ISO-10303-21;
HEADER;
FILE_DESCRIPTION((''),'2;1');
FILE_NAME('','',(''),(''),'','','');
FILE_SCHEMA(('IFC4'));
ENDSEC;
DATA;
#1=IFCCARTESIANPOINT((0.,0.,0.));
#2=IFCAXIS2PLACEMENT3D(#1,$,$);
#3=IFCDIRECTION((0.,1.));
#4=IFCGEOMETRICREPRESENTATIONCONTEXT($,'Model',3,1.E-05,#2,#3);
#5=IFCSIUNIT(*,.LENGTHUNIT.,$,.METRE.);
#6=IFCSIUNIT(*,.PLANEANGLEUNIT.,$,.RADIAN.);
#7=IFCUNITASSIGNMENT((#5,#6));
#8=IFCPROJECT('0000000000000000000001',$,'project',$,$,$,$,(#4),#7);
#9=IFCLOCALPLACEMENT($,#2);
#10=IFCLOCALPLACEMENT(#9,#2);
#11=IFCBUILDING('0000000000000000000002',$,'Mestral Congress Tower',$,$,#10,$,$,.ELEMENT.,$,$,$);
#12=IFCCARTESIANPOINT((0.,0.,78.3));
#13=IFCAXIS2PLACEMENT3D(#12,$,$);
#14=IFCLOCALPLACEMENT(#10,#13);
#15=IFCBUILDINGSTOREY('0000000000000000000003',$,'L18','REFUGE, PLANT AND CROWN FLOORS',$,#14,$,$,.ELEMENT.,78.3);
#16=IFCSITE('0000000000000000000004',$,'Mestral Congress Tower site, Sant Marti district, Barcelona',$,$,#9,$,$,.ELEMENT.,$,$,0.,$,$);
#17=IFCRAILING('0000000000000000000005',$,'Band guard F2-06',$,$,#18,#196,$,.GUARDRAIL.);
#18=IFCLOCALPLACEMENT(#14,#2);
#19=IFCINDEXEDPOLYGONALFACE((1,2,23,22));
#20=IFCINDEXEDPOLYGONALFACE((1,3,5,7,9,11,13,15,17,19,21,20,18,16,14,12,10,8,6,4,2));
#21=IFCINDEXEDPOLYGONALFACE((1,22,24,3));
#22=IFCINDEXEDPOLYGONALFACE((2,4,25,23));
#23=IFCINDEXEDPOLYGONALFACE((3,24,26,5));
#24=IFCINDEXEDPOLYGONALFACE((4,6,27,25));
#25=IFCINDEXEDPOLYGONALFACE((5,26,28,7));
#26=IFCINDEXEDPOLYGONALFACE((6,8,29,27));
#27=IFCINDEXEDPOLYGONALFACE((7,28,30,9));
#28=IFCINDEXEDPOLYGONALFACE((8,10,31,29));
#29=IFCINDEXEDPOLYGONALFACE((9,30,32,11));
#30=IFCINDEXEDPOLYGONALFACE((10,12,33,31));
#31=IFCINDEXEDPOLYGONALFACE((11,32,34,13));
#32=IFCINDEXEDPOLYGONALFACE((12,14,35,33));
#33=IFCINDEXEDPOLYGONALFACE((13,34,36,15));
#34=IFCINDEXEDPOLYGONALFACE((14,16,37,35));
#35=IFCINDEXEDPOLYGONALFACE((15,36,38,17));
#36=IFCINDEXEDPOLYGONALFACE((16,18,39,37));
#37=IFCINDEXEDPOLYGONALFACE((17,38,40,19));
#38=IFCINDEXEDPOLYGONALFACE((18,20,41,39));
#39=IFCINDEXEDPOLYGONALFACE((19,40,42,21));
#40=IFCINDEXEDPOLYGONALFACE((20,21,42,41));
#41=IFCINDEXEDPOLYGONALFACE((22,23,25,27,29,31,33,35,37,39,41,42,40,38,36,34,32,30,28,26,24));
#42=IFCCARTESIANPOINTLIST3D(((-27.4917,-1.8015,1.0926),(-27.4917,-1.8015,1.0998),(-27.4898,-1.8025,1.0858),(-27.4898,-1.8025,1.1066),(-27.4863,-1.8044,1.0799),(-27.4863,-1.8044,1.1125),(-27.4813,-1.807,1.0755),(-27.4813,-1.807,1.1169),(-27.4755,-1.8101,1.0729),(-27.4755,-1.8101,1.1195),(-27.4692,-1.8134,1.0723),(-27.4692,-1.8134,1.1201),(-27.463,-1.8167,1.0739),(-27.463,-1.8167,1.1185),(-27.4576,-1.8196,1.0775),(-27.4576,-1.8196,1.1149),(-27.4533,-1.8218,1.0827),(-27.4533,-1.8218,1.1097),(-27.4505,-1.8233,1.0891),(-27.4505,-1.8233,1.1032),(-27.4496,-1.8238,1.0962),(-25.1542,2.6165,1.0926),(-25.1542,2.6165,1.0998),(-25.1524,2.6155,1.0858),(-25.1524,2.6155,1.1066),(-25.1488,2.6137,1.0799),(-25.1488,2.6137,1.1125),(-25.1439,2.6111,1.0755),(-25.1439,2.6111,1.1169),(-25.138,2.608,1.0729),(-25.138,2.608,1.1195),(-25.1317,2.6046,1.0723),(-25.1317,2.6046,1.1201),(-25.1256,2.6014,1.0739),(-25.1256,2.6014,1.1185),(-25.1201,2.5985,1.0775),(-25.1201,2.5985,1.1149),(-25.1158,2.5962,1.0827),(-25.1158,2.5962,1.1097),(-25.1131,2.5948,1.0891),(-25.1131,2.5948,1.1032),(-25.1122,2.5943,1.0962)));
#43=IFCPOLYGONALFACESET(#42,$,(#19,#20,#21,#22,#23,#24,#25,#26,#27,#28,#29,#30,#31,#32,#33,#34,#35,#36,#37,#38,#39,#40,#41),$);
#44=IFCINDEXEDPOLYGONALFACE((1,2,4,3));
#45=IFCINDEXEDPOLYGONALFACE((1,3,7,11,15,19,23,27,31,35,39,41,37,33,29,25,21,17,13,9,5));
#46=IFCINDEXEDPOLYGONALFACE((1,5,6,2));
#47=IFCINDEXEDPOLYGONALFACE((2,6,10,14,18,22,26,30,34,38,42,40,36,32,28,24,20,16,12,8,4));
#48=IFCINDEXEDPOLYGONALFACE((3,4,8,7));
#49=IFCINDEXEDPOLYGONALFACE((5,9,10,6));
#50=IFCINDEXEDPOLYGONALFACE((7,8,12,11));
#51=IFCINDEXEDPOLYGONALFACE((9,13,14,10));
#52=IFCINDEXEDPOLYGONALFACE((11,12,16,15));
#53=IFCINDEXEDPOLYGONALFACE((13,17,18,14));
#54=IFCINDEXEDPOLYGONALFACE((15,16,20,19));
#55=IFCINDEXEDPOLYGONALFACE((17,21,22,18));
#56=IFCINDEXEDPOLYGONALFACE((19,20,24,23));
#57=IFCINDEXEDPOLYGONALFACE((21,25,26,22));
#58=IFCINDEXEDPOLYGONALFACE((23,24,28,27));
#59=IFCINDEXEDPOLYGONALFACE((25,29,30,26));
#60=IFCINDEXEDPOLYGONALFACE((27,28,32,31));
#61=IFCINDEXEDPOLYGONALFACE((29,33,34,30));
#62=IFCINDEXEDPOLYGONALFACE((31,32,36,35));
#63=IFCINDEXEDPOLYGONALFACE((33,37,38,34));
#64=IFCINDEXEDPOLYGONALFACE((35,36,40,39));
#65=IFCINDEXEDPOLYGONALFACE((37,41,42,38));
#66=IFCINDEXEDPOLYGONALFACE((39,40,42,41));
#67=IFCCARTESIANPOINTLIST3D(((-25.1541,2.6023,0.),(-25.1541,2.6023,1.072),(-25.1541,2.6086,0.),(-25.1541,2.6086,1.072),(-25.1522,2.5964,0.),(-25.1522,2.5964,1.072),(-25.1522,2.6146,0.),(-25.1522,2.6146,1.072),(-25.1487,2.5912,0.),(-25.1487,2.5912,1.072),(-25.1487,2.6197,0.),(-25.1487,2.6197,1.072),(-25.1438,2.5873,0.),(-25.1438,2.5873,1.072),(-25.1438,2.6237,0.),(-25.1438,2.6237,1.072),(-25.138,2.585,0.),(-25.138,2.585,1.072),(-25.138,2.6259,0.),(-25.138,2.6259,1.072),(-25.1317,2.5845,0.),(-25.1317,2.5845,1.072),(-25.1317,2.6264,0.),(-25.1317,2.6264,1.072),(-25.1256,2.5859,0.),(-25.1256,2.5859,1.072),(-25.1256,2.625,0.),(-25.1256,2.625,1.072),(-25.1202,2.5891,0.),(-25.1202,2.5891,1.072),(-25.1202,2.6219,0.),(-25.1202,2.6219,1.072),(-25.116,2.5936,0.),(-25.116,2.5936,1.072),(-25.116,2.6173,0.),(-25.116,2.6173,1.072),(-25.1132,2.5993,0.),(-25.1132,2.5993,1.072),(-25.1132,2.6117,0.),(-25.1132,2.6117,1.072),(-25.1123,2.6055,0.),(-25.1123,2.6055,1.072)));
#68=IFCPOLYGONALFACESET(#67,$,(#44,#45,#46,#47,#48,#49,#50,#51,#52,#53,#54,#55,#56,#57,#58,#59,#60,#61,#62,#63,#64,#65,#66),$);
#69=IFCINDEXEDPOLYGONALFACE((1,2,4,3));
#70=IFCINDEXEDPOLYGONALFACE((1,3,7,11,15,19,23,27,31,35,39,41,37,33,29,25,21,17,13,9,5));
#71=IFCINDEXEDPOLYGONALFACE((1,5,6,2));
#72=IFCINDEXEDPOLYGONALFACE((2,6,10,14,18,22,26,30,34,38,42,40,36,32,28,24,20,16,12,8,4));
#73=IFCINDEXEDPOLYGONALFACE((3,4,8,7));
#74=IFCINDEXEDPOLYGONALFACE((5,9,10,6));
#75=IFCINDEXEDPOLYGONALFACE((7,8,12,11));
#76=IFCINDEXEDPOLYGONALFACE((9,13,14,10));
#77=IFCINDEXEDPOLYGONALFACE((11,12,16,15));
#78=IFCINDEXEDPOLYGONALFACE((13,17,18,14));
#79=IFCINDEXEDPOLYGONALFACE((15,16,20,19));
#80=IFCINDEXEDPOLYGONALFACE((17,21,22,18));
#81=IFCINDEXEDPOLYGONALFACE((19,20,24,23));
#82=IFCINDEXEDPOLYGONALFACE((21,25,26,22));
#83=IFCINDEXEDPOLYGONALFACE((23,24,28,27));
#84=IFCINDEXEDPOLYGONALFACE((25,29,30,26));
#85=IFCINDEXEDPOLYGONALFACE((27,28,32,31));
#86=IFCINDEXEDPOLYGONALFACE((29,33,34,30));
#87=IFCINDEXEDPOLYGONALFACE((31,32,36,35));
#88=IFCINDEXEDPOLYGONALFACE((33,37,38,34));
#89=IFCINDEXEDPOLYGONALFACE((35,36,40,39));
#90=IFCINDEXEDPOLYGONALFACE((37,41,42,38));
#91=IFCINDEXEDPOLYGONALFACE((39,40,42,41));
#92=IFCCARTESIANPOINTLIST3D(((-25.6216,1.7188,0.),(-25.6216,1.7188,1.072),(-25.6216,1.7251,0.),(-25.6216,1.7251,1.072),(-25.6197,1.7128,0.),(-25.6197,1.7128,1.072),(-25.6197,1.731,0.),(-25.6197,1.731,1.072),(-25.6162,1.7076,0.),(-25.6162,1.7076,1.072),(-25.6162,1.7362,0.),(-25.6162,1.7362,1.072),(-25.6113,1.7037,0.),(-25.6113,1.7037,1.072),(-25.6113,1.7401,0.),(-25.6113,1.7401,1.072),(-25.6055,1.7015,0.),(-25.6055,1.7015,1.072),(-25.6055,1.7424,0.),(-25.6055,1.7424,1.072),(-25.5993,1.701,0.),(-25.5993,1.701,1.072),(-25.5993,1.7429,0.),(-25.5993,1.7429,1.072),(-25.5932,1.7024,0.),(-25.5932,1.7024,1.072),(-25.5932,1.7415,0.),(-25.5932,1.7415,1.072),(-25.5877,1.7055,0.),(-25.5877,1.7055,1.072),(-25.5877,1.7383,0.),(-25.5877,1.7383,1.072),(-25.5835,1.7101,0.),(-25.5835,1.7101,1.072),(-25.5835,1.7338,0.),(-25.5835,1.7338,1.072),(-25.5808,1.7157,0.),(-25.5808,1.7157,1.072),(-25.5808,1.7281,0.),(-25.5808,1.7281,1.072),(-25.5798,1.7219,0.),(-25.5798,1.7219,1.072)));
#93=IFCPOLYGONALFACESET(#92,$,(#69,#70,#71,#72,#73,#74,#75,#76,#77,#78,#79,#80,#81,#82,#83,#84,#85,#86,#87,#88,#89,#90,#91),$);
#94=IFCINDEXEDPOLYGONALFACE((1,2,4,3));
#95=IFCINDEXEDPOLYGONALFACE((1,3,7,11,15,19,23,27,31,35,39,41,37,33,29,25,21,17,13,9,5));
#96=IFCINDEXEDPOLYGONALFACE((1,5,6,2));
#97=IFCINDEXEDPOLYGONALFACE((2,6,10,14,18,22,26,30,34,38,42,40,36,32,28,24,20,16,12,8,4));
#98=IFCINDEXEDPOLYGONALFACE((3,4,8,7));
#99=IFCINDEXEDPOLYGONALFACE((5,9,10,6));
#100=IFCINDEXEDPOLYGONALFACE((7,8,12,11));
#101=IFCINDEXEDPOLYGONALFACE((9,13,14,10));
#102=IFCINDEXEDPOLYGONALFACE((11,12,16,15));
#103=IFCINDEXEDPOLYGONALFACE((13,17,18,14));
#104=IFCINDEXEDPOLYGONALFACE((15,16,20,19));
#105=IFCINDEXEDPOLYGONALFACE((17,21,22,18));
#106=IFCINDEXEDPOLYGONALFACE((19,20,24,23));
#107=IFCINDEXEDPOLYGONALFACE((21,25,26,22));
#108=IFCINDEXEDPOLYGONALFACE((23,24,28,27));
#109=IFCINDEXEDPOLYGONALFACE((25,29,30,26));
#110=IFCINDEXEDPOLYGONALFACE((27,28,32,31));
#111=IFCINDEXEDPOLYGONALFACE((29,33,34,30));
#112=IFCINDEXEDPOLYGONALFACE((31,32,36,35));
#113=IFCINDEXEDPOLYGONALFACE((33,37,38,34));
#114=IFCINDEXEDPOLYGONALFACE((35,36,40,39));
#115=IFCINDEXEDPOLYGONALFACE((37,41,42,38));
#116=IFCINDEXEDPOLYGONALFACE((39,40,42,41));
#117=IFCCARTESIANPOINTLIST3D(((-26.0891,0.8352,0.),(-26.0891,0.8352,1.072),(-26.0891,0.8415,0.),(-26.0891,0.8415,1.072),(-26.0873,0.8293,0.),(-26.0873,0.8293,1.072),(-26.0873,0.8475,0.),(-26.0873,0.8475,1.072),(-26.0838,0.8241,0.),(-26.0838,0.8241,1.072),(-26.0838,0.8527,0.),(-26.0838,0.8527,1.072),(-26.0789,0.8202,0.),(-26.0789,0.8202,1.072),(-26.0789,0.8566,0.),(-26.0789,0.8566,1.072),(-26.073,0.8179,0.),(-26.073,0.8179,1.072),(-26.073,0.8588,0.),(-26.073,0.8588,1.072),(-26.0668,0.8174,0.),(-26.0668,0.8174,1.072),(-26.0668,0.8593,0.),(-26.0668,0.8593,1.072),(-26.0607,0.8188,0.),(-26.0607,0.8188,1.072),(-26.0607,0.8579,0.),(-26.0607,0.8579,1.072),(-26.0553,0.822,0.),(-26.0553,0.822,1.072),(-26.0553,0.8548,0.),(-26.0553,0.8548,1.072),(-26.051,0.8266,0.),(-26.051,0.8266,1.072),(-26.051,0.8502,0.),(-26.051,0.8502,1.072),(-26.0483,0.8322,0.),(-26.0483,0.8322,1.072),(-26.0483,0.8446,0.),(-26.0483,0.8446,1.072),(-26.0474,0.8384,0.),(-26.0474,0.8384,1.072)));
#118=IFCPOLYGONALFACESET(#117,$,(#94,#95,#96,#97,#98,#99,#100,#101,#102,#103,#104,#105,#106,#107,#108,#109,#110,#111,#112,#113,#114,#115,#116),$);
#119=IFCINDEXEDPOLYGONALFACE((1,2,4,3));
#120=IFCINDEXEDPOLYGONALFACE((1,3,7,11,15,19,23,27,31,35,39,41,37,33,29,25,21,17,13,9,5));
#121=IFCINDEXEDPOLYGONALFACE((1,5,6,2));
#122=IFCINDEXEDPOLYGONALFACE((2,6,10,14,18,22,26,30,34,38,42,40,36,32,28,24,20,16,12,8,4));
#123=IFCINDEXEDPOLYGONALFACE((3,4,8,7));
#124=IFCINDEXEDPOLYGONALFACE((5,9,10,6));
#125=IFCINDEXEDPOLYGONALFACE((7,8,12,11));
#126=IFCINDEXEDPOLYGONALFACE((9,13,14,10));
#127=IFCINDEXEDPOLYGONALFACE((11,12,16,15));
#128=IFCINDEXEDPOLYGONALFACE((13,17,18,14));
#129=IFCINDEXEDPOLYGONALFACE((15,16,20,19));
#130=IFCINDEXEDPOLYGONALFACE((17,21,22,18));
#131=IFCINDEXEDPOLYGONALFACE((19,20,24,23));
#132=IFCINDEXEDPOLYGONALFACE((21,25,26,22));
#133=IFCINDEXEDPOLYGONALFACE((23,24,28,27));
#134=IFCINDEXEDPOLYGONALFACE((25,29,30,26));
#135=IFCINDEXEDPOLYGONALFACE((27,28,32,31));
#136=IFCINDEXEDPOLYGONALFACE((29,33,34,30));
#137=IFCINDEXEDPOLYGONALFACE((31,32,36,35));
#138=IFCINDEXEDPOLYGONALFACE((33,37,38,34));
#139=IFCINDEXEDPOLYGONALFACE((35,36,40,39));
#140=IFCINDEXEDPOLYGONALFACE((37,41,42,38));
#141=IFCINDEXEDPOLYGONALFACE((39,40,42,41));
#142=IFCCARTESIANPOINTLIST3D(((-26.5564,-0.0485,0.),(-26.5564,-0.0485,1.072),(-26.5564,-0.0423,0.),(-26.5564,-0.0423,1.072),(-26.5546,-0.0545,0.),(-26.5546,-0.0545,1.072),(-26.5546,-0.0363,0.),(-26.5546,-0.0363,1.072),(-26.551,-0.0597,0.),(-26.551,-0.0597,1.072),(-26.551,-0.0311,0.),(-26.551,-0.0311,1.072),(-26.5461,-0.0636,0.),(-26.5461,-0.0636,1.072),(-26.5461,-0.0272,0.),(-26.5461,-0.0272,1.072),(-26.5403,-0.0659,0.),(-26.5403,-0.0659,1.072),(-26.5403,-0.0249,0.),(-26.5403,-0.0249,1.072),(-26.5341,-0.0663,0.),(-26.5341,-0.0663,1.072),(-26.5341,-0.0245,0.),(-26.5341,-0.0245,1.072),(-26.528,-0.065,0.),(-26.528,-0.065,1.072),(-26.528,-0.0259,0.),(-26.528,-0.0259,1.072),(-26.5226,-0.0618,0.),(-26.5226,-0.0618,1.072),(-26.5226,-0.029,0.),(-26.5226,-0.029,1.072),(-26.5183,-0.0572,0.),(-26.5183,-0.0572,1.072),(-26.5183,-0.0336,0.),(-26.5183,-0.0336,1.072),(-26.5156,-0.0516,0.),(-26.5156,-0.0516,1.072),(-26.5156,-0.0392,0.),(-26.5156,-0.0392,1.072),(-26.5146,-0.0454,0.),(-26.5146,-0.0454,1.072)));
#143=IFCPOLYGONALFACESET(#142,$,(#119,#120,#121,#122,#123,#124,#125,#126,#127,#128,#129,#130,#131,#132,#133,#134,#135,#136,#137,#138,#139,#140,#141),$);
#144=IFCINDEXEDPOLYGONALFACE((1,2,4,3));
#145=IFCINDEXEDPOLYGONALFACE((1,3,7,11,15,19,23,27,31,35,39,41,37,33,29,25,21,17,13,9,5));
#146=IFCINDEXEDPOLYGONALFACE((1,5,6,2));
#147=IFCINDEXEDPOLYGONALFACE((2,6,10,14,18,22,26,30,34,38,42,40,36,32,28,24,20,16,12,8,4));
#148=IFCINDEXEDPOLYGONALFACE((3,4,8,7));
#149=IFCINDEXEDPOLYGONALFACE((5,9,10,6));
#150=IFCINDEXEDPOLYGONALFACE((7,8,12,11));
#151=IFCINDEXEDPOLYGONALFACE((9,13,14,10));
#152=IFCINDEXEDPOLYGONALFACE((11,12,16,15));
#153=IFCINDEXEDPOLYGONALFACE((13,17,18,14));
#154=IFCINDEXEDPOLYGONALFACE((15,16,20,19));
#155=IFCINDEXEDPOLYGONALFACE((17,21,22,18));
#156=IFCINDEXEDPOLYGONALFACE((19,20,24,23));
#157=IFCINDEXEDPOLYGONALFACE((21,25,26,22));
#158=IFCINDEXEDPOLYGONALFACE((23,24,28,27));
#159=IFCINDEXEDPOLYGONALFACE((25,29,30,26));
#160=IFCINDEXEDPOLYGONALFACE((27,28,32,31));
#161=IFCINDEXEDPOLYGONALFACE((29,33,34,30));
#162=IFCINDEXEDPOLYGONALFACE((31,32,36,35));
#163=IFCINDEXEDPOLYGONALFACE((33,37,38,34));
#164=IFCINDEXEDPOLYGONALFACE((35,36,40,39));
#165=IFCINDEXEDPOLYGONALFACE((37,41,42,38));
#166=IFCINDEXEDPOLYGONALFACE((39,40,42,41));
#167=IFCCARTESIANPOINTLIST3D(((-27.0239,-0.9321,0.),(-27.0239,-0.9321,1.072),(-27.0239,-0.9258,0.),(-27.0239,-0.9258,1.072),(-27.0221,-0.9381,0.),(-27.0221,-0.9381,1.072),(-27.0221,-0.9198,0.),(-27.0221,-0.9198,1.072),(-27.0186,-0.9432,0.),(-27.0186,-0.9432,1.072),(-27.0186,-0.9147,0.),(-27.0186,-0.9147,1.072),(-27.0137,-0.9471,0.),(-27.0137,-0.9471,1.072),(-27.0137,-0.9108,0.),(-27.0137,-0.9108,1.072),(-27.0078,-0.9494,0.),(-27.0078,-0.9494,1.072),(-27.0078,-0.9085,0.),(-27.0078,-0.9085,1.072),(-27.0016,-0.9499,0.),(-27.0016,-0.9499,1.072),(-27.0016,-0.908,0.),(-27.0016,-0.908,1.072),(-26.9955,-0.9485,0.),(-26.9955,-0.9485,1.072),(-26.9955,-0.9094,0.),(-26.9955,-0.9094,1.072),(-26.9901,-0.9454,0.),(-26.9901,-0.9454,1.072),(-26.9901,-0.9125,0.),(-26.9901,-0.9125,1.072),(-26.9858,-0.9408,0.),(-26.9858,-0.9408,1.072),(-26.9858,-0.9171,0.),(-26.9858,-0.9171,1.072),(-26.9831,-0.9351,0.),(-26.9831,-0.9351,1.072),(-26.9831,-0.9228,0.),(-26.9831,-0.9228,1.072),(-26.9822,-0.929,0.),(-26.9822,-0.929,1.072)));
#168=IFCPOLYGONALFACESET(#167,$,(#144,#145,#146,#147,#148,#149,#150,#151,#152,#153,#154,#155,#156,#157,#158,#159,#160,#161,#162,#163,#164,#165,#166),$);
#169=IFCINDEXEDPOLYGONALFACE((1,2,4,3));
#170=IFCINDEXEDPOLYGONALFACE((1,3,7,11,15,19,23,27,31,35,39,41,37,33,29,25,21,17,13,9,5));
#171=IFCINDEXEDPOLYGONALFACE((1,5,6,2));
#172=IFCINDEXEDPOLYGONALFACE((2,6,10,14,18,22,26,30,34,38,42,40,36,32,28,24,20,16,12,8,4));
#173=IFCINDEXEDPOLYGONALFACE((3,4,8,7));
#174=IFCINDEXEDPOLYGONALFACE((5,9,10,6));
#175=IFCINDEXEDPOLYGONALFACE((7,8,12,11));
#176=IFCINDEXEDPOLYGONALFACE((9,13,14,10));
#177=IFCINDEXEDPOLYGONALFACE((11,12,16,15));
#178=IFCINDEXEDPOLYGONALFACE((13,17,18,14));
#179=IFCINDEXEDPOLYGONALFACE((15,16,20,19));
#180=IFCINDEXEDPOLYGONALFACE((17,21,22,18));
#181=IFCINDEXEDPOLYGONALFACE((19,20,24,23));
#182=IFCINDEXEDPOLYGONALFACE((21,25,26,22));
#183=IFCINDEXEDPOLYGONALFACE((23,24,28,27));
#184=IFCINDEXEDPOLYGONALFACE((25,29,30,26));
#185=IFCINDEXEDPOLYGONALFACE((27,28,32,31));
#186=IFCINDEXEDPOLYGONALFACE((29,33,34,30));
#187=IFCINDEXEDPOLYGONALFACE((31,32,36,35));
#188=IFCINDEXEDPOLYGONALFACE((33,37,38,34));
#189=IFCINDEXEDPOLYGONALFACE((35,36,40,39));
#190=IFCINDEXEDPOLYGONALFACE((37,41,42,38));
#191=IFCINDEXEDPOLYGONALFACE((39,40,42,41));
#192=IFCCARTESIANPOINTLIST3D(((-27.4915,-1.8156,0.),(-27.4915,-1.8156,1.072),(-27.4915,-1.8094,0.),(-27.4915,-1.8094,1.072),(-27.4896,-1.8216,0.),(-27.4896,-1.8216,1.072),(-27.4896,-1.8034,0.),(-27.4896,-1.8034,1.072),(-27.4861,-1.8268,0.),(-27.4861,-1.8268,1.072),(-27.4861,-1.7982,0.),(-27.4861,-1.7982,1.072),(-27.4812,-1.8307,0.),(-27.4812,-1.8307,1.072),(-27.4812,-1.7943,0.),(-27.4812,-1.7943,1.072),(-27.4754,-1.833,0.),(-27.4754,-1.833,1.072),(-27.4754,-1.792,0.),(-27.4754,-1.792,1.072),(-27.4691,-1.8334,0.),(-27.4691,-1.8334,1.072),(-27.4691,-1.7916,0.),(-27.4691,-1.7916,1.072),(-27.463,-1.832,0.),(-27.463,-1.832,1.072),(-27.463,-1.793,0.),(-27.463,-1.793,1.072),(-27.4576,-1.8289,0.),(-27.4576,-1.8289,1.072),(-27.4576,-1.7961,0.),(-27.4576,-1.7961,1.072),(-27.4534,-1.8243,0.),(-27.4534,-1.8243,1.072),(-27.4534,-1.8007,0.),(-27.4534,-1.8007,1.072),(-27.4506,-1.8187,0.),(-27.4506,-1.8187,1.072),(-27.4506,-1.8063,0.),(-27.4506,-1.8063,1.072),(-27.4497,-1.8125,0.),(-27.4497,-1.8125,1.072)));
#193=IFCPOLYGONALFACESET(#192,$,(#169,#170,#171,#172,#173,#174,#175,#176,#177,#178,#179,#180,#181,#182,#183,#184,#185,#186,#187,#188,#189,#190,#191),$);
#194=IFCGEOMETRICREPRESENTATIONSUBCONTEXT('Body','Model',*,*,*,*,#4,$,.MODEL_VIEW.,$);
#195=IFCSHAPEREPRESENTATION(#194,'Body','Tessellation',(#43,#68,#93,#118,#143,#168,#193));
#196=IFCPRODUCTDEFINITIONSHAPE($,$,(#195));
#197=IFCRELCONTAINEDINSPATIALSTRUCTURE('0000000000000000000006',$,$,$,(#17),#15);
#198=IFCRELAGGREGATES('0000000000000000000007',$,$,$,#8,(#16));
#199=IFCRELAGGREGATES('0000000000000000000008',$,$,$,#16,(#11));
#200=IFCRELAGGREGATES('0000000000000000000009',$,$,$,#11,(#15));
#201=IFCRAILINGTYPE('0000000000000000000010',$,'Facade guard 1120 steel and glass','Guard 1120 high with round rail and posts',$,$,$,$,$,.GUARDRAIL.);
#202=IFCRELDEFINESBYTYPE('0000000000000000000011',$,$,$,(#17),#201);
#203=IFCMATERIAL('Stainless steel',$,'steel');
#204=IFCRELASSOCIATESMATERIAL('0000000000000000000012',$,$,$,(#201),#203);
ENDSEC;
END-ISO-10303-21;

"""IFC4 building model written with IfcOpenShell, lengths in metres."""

from ifc_helpers import new_model, si_unit, direction, frame, origin, origin_2d, place, context, subcontext, project, spatial, circle, extrude, material, type_object, element, save


model = new_model("IFC4")

# Units and contexts
model_context = context("Model", 3, precision=1e-05, world=origin(), true_north=direction((0.0, 1.0)))
body_context = subcontext(model_context, "Body", "Model", "MODEL_VIEW")
ifc_project = project(units=[si_unit("LENGTHUNIT", "METRE"), si_unit("PLANEANGLEUNIT", "RADIAN")], contexts=[model_context])

# Site, building, storey
site_placement = place(None, origin())
site = spatial("IfcSite", under=ifc_project, at=site_placement, Name="Mestral Congress Tower site, Sant Marti district, Barcelona", CompositionType="ELEMENT", RefElevation=0.0)
building_placement = place(site_placement, origin())
building = spatial("IfcBuilding", under=site, at=building_placement, Name="Mestral Congress Tower", CompositionType="ELEMENT")
storey_placement = place(building_placement, frame((0.0, 0.0, 78.3)))
storey = spatial("IfcBuildingStorey", under=building, at=storey_placement, Name="L18", Description="REFUGE, PLANT AND CROWN FLOORS", CompositionType="ELEMENT", Elevation=78.3)

# Railing
ifc_material_1 = material(Name="Stainless steel", Category="steel")
railing_type = type_object("IfcRailingType", Name="Facade guard 1120 steel and glass", Description="Guard 1120 high with round rail and posts", PredefinedType="GUARDRAIL", material=ifc_material_1)
railing_1_placement = place(storey_placement, frame((-25.1333, 2.6055, 0.0)))
element("IfcRailing", 1, at=railing_1_placement, inside=storey, type_object=railing_type, Name="Band guard F2-06", PredefinedType="GUARDRAIL", context=body_context, shape_type="SweptSolid", body=[
    extrude(circle(Radius=0.0239, at=origin_2d()), frame((0.0, 0.0, 1.0962), z_axis=(-0.46765, -0.883914, 0.0), x_axis=(0.883914, -0.46765, 0.0)), (0.0, 0.0, 1.0), 4.9983),
    extrude(circle(Radius=0.021, at=origin_2d()), origin(), (0.0, 0.0, 1.0), 1.072),
    extrude(circle(Radius=0.021, at=origin_2d()), frame((-0.4675, -0.8835, 0.0)), (0.0, 0.0, 1.0), 1.072),
    extrude(circle(Radius=0.021, at=origin_2d()), frame((-0.9351, -1.7671, 0.0)), (0.0, 0.0, 1.0), 1.072),
    extrude(circle(Radius=0.021, at=origin_2d()), frame((-1.4023, -2.6509, 0.0)), (0.0, 0.0, 1.0), 1.072),
    extrude(circle(Radius=0.021, at=origin_2d()), frame((-1.8699, -3.5344, 0.0)), (0.0, 0.0, 1.0), 1.072),
    extrude(circle(Radius=0.021, at=origin_2d()), frame((-2.3374, -4.418, 0.0)), (0.0, 0.0, 1.0), 1.072),
])

save(model, "model.ifc")
